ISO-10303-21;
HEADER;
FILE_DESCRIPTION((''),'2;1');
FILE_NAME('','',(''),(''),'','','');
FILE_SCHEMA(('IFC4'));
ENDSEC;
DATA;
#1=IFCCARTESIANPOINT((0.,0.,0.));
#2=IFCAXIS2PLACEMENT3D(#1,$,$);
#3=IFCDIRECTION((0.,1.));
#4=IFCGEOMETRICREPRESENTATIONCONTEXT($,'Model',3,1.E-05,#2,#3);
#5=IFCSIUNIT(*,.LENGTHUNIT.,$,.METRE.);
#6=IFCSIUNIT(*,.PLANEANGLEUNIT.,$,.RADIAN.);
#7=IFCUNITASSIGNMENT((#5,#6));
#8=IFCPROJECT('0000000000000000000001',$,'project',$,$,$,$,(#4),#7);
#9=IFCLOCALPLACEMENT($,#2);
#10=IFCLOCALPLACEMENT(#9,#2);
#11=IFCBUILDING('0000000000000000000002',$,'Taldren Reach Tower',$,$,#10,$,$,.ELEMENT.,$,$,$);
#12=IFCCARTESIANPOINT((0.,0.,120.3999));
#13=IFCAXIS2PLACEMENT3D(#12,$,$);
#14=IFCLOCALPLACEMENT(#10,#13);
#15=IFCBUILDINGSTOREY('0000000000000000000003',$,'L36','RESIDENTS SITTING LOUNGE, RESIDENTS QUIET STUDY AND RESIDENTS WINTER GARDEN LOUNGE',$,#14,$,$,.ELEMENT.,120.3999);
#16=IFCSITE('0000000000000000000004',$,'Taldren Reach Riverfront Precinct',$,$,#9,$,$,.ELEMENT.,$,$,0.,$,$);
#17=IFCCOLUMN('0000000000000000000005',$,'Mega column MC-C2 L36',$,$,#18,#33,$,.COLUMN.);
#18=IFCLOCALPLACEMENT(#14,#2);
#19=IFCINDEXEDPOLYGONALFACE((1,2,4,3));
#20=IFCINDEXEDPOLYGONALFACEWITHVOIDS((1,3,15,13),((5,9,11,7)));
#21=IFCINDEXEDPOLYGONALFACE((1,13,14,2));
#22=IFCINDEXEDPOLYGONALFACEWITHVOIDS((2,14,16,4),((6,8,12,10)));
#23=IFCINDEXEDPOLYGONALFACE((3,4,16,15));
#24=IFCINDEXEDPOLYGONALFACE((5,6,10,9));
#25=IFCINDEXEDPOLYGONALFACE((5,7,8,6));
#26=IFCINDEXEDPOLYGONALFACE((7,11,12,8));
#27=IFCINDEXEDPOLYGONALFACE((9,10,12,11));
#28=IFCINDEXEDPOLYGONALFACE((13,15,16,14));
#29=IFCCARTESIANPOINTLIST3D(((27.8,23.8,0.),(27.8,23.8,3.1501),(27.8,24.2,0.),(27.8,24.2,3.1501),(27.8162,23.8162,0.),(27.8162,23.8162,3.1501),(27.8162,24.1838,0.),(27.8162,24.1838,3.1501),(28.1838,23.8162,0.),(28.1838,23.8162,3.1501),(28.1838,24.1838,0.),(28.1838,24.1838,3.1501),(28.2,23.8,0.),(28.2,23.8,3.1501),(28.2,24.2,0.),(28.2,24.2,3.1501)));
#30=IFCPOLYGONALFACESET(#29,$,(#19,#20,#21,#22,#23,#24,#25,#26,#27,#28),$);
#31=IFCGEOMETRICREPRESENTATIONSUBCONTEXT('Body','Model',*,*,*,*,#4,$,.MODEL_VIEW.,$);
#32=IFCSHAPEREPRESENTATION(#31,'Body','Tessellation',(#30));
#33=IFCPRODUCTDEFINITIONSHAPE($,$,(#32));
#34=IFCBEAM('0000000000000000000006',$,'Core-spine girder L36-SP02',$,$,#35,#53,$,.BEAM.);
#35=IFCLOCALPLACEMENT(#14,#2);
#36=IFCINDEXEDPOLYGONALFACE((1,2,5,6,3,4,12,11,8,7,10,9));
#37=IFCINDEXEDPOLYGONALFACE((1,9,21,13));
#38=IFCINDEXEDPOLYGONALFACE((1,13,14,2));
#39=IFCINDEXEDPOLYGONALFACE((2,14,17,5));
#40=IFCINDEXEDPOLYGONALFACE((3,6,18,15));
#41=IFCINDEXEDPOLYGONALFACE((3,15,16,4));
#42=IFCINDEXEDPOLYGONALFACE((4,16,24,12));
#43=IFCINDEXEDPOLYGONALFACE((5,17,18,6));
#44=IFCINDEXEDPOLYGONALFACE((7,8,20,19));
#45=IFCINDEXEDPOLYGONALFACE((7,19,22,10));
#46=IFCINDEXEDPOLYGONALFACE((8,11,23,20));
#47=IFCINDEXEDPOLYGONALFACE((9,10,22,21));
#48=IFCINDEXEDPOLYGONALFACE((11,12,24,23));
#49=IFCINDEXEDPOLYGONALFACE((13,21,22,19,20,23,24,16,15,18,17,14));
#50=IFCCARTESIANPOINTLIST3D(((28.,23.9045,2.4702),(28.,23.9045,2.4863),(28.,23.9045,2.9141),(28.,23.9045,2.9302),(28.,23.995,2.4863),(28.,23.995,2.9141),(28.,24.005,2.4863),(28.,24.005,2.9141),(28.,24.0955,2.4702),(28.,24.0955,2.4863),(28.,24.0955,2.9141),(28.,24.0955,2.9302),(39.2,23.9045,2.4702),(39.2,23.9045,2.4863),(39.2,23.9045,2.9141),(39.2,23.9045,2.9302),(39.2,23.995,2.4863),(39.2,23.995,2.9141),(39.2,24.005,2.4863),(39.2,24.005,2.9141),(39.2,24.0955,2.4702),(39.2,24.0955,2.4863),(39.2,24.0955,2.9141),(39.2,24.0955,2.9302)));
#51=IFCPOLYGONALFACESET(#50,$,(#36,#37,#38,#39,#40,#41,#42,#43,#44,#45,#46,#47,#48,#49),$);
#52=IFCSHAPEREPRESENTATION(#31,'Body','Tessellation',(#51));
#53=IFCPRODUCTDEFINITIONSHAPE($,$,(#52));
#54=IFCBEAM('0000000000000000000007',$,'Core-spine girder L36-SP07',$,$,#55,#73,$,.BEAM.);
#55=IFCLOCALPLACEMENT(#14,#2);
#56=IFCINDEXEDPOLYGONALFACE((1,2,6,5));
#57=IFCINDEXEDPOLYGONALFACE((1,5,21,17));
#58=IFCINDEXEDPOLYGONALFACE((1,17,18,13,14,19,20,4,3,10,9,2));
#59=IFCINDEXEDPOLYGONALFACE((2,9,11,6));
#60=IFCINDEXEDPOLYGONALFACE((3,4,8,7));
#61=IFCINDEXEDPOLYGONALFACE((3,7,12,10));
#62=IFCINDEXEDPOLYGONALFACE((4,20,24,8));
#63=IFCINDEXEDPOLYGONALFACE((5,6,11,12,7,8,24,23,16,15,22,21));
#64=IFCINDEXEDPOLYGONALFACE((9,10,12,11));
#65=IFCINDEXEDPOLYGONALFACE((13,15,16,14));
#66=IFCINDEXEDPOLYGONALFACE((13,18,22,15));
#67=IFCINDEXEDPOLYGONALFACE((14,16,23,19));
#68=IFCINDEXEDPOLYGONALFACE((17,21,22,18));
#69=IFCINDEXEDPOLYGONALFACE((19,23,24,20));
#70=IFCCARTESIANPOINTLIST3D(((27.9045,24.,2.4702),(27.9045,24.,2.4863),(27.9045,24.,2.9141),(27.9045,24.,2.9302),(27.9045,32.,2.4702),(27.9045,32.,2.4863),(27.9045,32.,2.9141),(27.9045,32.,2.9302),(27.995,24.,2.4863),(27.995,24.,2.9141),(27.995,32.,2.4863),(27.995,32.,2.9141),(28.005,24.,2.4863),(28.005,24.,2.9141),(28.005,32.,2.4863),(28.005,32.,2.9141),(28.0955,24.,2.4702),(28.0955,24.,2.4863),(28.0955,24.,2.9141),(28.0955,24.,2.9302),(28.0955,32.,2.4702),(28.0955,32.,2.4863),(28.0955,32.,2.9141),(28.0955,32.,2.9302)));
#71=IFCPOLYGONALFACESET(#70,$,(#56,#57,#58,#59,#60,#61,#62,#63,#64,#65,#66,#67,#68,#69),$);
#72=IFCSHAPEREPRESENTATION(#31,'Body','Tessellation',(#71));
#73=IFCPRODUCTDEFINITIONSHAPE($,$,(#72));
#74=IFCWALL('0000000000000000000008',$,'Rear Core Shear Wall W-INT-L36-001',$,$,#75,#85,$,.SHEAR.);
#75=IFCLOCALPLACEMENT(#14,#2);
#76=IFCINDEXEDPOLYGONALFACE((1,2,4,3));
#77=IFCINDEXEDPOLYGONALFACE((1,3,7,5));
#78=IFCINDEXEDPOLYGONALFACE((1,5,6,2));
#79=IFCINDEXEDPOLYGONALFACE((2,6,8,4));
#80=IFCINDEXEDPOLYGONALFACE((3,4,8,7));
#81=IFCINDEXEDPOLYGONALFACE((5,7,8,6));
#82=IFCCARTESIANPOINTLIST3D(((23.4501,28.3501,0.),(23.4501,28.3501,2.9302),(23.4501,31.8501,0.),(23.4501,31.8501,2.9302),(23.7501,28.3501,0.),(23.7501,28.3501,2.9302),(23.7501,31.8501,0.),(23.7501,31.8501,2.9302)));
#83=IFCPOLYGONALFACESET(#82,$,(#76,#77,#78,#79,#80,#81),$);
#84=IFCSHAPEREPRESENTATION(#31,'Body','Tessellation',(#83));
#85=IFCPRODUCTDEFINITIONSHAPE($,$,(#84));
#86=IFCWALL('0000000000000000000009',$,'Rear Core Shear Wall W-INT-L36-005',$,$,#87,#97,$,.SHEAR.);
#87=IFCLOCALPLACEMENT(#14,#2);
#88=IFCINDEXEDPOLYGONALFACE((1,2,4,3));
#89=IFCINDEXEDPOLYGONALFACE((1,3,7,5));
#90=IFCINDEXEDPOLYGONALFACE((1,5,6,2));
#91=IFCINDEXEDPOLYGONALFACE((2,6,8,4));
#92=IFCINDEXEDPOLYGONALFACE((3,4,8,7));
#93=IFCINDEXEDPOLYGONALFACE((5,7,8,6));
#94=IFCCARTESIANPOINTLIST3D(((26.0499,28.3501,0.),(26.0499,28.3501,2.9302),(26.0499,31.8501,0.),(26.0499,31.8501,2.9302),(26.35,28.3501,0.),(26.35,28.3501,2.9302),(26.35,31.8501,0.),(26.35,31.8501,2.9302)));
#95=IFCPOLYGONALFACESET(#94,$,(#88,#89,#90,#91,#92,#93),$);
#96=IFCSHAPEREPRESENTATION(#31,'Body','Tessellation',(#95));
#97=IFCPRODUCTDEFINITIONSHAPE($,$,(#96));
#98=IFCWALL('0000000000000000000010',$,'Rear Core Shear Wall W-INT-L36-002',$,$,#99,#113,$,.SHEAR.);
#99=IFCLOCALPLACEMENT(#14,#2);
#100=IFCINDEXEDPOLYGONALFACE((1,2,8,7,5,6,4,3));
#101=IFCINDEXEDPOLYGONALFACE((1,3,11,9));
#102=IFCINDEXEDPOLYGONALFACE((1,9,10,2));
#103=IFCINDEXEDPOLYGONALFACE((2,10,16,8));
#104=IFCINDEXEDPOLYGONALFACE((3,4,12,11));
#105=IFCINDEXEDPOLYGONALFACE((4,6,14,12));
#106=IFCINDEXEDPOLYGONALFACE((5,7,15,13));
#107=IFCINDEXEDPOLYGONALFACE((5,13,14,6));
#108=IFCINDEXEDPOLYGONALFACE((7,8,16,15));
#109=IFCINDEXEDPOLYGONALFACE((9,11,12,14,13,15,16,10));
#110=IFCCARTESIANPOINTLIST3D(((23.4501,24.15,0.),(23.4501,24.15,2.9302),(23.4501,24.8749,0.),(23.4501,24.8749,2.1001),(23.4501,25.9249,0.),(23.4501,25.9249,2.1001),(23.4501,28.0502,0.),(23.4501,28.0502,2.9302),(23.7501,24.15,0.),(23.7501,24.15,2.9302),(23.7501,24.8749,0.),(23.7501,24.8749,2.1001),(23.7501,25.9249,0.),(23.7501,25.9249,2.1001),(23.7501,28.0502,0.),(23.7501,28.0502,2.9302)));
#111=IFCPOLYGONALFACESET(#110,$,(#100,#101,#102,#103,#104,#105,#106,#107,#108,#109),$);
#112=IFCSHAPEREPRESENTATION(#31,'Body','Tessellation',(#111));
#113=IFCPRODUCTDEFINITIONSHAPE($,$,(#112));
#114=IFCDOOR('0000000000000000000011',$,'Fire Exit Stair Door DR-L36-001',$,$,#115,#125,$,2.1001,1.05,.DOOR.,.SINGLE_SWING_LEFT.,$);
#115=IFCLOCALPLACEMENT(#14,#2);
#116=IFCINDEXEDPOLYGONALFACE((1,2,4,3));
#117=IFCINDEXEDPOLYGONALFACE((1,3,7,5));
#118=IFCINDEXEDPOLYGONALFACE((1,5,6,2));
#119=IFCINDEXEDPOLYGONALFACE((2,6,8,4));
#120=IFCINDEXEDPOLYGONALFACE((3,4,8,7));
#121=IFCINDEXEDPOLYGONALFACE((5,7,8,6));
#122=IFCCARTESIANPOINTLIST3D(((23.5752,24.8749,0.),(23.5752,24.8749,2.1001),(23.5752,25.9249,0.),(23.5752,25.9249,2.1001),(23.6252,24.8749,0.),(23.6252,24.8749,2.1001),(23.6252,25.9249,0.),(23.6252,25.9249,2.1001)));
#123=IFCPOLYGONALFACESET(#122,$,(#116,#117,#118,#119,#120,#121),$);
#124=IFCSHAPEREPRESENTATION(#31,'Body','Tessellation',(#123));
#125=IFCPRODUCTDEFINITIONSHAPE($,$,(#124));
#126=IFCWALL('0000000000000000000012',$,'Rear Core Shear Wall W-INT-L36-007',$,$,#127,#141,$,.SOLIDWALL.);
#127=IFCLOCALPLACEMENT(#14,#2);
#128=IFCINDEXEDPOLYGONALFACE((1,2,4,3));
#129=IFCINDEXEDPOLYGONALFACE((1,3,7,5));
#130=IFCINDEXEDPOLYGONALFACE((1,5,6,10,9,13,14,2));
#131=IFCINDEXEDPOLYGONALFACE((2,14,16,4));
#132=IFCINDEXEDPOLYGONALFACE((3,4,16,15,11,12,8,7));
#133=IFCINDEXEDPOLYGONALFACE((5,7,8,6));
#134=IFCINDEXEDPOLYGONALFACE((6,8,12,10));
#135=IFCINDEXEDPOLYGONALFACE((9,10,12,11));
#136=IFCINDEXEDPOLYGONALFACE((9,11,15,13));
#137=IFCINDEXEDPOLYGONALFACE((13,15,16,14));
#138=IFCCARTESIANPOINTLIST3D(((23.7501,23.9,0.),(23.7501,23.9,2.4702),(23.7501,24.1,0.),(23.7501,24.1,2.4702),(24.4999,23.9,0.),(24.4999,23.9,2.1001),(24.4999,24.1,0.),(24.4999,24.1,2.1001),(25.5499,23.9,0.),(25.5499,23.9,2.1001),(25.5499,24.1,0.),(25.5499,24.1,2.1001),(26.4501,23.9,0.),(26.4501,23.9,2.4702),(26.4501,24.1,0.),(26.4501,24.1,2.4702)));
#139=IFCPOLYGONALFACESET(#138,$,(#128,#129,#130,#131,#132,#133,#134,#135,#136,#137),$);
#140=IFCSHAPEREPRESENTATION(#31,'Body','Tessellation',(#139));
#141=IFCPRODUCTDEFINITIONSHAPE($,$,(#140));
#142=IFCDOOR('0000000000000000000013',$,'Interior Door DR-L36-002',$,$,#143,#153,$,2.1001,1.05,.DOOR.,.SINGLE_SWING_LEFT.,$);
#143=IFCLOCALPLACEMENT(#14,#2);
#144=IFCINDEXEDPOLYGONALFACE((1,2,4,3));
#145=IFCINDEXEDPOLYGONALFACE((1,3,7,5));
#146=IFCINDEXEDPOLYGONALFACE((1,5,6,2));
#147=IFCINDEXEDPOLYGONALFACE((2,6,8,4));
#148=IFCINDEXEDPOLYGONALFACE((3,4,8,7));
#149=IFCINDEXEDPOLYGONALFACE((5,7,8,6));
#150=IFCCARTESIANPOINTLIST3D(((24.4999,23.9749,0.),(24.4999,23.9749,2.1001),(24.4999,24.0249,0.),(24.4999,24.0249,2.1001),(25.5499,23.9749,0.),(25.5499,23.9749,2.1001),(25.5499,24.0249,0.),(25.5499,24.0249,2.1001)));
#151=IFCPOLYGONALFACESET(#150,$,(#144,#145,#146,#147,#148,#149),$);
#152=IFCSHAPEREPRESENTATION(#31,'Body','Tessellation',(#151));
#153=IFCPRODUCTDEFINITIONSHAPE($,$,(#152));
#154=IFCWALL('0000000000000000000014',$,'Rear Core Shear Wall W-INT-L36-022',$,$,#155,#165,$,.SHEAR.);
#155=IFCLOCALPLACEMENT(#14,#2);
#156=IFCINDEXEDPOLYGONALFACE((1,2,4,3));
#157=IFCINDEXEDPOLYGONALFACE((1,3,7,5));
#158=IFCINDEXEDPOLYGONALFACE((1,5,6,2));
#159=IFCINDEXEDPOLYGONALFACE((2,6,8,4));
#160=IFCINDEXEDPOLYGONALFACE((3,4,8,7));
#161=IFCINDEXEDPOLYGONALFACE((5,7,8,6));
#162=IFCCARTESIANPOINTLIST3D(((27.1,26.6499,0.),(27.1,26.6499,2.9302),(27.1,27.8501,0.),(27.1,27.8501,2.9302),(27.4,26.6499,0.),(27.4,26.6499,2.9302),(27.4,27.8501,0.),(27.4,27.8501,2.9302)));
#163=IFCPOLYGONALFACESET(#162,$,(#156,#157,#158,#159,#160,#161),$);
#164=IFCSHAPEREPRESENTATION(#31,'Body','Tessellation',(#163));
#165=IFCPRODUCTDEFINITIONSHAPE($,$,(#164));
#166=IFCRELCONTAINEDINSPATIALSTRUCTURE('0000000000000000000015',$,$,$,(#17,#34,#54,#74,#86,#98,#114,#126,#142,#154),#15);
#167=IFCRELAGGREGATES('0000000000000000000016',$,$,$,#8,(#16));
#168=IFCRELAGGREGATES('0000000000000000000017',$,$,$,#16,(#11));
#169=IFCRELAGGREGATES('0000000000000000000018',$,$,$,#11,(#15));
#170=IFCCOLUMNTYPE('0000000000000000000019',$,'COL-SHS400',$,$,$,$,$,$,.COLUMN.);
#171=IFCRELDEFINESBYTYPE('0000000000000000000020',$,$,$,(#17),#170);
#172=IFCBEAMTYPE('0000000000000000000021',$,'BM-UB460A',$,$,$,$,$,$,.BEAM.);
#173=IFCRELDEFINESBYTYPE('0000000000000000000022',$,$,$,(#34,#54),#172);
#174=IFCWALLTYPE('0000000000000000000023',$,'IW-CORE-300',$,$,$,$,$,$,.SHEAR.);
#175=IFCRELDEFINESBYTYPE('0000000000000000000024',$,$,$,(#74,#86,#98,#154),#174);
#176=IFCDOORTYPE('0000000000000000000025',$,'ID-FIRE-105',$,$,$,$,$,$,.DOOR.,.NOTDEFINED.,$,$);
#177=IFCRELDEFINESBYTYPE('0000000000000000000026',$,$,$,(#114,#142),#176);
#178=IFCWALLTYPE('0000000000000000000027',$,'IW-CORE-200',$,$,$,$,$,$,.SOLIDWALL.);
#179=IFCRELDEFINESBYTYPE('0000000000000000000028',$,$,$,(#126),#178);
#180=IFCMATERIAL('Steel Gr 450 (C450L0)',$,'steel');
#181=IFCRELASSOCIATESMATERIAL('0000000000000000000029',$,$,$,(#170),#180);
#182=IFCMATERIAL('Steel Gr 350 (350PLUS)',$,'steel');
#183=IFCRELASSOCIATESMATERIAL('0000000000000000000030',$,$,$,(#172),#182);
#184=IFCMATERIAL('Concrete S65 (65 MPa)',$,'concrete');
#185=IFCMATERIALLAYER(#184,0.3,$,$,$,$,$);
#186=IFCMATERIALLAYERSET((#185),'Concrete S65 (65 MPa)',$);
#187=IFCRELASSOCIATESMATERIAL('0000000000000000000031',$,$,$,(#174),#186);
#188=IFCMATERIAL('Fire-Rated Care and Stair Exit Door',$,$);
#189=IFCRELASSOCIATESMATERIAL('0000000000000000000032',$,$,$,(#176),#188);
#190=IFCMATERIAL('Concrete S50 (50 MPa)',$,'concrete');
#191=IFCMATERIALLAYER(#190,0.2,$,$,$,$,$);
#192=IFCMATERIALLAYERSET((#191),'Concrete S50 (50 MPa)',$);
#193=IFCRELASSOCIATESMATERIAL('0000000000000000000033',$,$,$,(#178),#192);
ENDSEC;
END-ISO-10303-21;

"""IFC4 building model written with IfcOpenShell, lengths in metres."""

from ifc_helpers import new_model, si_unit, direction, frame, frame_2d, origin, origin_2d, place, context, subcontext, project, spatial, rectangle, hollow_rectangle, i_section, extrude, source, transform, mapped, material, layer, layer_set, material_profile, profile_set, type_object, element, fill, save


model = new_model("IFC4")

# Units and contexts
model_context = context("Model", 3, precision=1e-05, world=origin(), true_north=direction((0.0, 1.0)))
body_context = subcontext(model_context, "Body", "Model", "MODEL_VIEW")
ifc_project = project(units=[si_unit("LENGTHUNIT", "METRE"), si_unit("PLANEANGLEUNIT", "RADIAN")], contexts=[model_context])

# Site, building, storey
site_placement = place(None, origin())
site = spatial("IfcSite", under=ifc_project, at=site_placement, Name="Taldren Reach Riverfront Precinct", CompositionType="ELEMENT", RefElevation=0.0)
building_placement = place(site_placement, origin())
building = spatial("IfcBuilding", under=site, at=building_placement, Name="Taldren Reach Tower", CompositionType="ELEMENT")
storey_placement = place(building_placement, frame((0.0, 0.0, 120.3999)))
storey = spatial("IfcBuildingStorey", under=building, at=storey_placement, Name="L36", Description="RESIDENTS SITTING LOUNGE, RESIDENTS QUIET STUDY AND RESIDENTS WINTER GARDEN LOUNGE", CompositionType="ELEMENT", Elevation=120.3999)

# Column
ifc_material_1 = material(Name="Steel Gr 450 (C450L0)", Category="steel")
ifc_material_profile_1 = material_profile(ifc_material_1, hollow_rectangle(XDim=0.3999, YDim=0.3999, WallThickness=0.0161, at=origin_2d()), Name="400x400x16.0SHS")
ifc_profile_set_1 = profile_set([ifc_material_profile_1], Name="Steel Gr 450 (C450L0)")
column_type = type_object("IfcColumnType", Name="COL-SHS400", PredefinedType="COLUMN", material=ifc_profile_set_1)
shared_shape_1 = source(origin(), body_context, "Body", "SweptSolid", [
    extrude(hollow_rectangle(XDim=0.3999, YDim=0.3999, WallThickness=0.0161, at=origin_2d()), origin(), (0.0, 0.0, 1.0), 3.1501),
])
column_placement = place(storey_placement, frame((28.0, 24.0, 0.0), z_axis=(0.0, 0.0, 1.0), x_axis=(1.0, 0.0, 0.0)))
element("IfcColumn", 1, at=column_placement, inside=storey, type_object=column_type, Name="Mega column MC-C2 L36", PredefinedType="COLUMN", context=body_context, shape_type="MappedRepresentation", body=[
    mapped(shared_shape_1, transform((0.0, 0.0, 0.0), scale=1.0)),
])

# Beams
ifc_material_2 = material(Name="Steel Gr 350 (350PLUS)", Category="steel")
ifc_material_profile_2 = material_profile(ifc_material_2, i_section(OverallWidth=0.1909, OverallDepth=0.46, WebThickness=0.01, FlangeThickness=0.0161, at=origin_2d()), Name="460UB82.1")
ifc_profile_set_2 = profile_set([ifc_material_profile_2], Name="Steel Gr 350 (350PLUS)")
beam_type = type_object("IfcBeamType", Name="BM-UB460A", PredefinedType="BEAM", material=ifc_profile_set_2)
shared_shape_2 = source(origin(), body_context, "Body", "SweptSolid", [
    extrude(i_section(OverallWidth=0.1909, OverallDepth=0.46, WebThickness=0.01, FlangeThickness=0.0161, at=origin_2d()), origin(), (0.0, 0.0, 1.0), 11.2),
])
beam_1_placement = place(storey_placement, frame((28.0, 24.0, 2.7002), z_axis=(1.0, 0.0, 0.0), x_axis=(0.0, 1.0, 0.0)))
element("IfcBeam", 2, at=beam_1_placement, inside=storey, type_object=beam_type, Name="Core-spine girder L36-SP02", PredefinedType="BEAM", context=body_context, shape_type="MappedRepresentation", body=[
    mapped(shared_shape_2, transform((0.0, 0.0, 0.0), scale=1.0)),
])
shared_shape_3 = source(origin(), body_context, "Body", "SweptSolid", [
    extrude(i_section(OverallWidth=0.1909, OverallDepth=0.46, WebThickness=0.01, FlangeThickness=0.0161, at=origin_2d()), origin(), (0.0, 0.0, 1.0), 8.0),
])
beam_2_placement = place(storey_placement, frame((28.0, 24.0, 2.7002), z_axis=(0.0, 1.0, 0.0), x_axis=(-1.0, 0.0, 0.0)))
element("IfcBeam", 3, at=beam_2_placement, inside=storey, type_object=beam_type, Name="Core-spine girder L36-SP07", PredefinedType="BEAM", context=body_context, shape_type="MappedRepresentation", body=[
    mapped(shared_shape_3, transform((0.0, 0.0, 0.0), scale=1.0)),
])

# Walls
ifc_material_3 = material(Name="Concrete S65 (65 MPa)", Category="concrete")
ifc_layer_1 = layer(ifc_material_3, 0.3)
ifc_layer_set_1 = layer_set([ifc_layer_1], Name="Concrete S65 (65 MPa)")
wall_type_1 = type_object("IfcWallType", Name="IW-CORE-300", PredefinedType="SHEAR", material=ifc_layer_set_1)
shared_shape_4 = source(origin(), body_context, "Body", "SweptSolid", [
    extrude(rectangle(XDim=3.5, YDim=0.3, at=frame_2d((1.75, 0.0))), origin(), (0.0, 0.0, 1.0), 2.9302),
])
for number, where, z_axis, x_axis, name in (
    (4, (23.6001, 28.3501, 0.0), (0.0, 0.0, 1.0), (0.0, 1.0, 0.0), "Rear Core Shear Wall W-INT-L36-001"),
    (5, (26.2, 28.3501, 0.0), (0.0, 0.0, 1.0), (0.0, 1.0, 0.0), "Rear Core Shear Wall W-INT-L36-005"),
):
    element("IfcWall", number, at=place(storey_placement, frame(where, z_axis=z_axis, x_axis=x_axis)), inside=storey, type_object=wall_type_1, Name=name, PredefinedType="SHEAR", context=body_context, shape_type="MappedRepresentation", body=[
        mapped(shared_shape_4, transform((0.0, 0.0, 0.0), scale=1.0)),
    ])

# Walls, openings, doors
shared_shape_5 = source(origin(), body_context, "Body", "SweptSolid", [
    extrude(rectangle(XDim=3.9001, YDim=0.3, at=frame_2d((1.9502, 0.0))), origin(), (0.0, 0.0, 1.0), 2.9302),
])
wall_1_placement = place(storey_placement, frame((23.6001, 24.1499, 0.0), z_axis=(0.0, 0.0, 1.0), x_axis=(0.0, 1.0, 0.0)))
wall_1 = element("IfcWall", 6, at=wall_1_placement, inside=storey, type_object=wall_type_1, Name="Rear Core Shear Wall W-INT-L36-002", PredefinedType="SHEAR", context=body_context, shape_type="MappedRepresentation", body=[
    mapped(shared_shape_5, transform((0.0, 0.0, 0.0), scale=1.0)),
])
shared_shape_6 = source(origin(), body_context, "Body", "SweptSolid", [
    extrude(rectangle(XDim=1.05, YDim=2.1001, at=frame_2d((0.5249, 1.05))), frame((0.0, 0.1602, 0.0), z_axis=(0.0, -1.0, 0.0), x_axis=(1.0, 0.0, 0.0)), (0.0, 0.0, 1.0), 0.3201),
])
opening_1_placement = place(wall_1_placement, frame((0.7251, 0.0, 0.0)))
opening_1 = element("IfcOpeningElement", 7, at=opening_1_placement, cuts=wall_1, PredefinedType="OPENING", context=body_context, shape_type="MappedRepresentation", body=[
    mapped(shared_shape_6, transform((0.0, 0.0, 0.0), scale=1.0)),
])
ifc_material_4 = material(Name="Fire-Rated Care and Stair Exit Door")
door_type_1 = type_object("IfcDoorType", Name="ID-FIRE-105", OperationType="NOTDEFINED", PredefinedType="DOOR", material=ifc_material_4)
shared_shape_7 = source(origin(), body_context, "Body", "SweptSolid", [
    extrude(rectangle(XDim=1.05, YDim=2.1001, at=frame_2d((0.5249, 1.05))), frame((0.0, 0.0249, 0.0), z_axis=(0.0, -1.0, 0.0), x_axis=(1.0, 0.0, 0.0)), (0.0, 0.0, 1.0), 0.05),
])
door_1_placement = place(opening_1_placement, origin())
door_1 = element("IfcDoor", 8, at=door_1_placement, inside=storey, type_object=door_type_1, Name="Fire Exit Stair Door DR-L36-001", OperationType="SINGLE_SWING_LEFT", OverallHeight=2.1001, OverallWidth=1.05, PredefinedType="DOOR", context=body_context, shape_type="MappedRepresentation", body=[
    mapped(shared_shape_7, transform((0.0, 0.0, 0.0), scale=1.0)),
])
fill(opening_1, door_1)
ifc_material_5 = material(Name="Concrete S50 (50 MPa)", Category="concrete")
ifc_layer_2 = layer(ifc_material_5, 0.2)
ifc_layer_set_2 = layer_set([ifc_layer_2], Name="Concrete S50 (50 MPa)")
wall_type_2 = type_object("IfcWallType", Name="IW-CORE-200", PredefinedType="SOLIDWALL", material=ifc_layer_set_2)
shared_shape_8 = source(origin(), body_context, "Body", "SweptSolid", [
    extrude(rectangle(XDim=2.7, YDim=0.2, at=frame_2d((1.3501, 0.0))), origin(), (0.0, 0.0, 1.0), 2.4702),
])
wall_2_placement = place(storey_placement, frame((23.75, 24.0, 0.0), z_axis=(0.0, 0.0, 1.0), x_axis=(1.0, 0.0, 0.0)))
wall_2 = element("IfcWall", 9, at=wall_2_placement, inside=storey, type_object=wall_type_2, Name="Rear Core Shear Wall W-INT-L36-007", PredefinedType="SOLIDWALL", context=body_context, shape_type="MappedRepresentation", body=[
    mapped(shared_shape_8, transform((0.0, 0.0, 0.0), scale=1.0)),
])
shared_shape_9 = source(origin(), body_context, "Body", "SweptSolid", [
    extrude(rectangle(XDim=1.05, YDim=2.1001, at=frame_2d((0.5249, 1.05))), frame((0.0, 0.1099, 0.0), z_axis=(0.0, -1.0, 0.0), x_axis=(1.0, 0.0, 0.0)), (0.0, 0.0, 1.0), 0.22),
])
opening_2_placement = place(wall_2_placement, frame((0.75, 0.0, 0.0)))
opening_2 = element("IfcOpeningElement", 10, at=opening_2_placement, cuts=wall_2, PredefinedType="OPENING", context=body_context, shape_type="MappedRepresentation", body=[
    mapped(shared_shape_9, transform((0.0, 0.0, 0.0), scale=1.0)),
])
door_2_placement = place(opening_2_placement, origin())
door_2 = element("IfcDoor", 11, at=door_2_placement, inside=storey, type_object=door_type_1, Name="Interior Door DR-L36-002", OperationType="SINGLE_SWING_LEFT", OverallHeight=2.1001, OverallWidth=1.05, PredefinedType="DOOR", context=body_context, shape_type="MappedRepresentation", body=[
    mapped(shared_shape_7, transform((0.0, 0.0, 0.0), scale=1.0)),
])
fill(opening_2, door_2)

# Wall
shared_shape_10 = source(origin(), body_context, "Body", "SweptSolid", [
    extrude(rectangle(XDim=1.2002, YDim=0.3, at=frame_2d((0.6001, 0.0))), origin(), (0.0, 0.0, 1.0), 2.9302),
])
wall_3_placement = place(storey_placement, frame((27.25, 27.8501, 0.0), z_axis=(0.0, 0.0, 1.0), x_axis=(0.0, -1.0, 0.0)))
element("IfcWall", 12, at=wall_3_placement, inside=storey, type_object=wall_type_1, Name="Rear Core Shear Wall W-INT-L36-022", PredefinedType="SHEAR", context=body_context, shape_type="MappedRepresentation", body=[
    mapped(shared_shape_10, transform((0.0, 0.0, 0.0), scale=1.0)),
])

save(model, "model.ifc")
